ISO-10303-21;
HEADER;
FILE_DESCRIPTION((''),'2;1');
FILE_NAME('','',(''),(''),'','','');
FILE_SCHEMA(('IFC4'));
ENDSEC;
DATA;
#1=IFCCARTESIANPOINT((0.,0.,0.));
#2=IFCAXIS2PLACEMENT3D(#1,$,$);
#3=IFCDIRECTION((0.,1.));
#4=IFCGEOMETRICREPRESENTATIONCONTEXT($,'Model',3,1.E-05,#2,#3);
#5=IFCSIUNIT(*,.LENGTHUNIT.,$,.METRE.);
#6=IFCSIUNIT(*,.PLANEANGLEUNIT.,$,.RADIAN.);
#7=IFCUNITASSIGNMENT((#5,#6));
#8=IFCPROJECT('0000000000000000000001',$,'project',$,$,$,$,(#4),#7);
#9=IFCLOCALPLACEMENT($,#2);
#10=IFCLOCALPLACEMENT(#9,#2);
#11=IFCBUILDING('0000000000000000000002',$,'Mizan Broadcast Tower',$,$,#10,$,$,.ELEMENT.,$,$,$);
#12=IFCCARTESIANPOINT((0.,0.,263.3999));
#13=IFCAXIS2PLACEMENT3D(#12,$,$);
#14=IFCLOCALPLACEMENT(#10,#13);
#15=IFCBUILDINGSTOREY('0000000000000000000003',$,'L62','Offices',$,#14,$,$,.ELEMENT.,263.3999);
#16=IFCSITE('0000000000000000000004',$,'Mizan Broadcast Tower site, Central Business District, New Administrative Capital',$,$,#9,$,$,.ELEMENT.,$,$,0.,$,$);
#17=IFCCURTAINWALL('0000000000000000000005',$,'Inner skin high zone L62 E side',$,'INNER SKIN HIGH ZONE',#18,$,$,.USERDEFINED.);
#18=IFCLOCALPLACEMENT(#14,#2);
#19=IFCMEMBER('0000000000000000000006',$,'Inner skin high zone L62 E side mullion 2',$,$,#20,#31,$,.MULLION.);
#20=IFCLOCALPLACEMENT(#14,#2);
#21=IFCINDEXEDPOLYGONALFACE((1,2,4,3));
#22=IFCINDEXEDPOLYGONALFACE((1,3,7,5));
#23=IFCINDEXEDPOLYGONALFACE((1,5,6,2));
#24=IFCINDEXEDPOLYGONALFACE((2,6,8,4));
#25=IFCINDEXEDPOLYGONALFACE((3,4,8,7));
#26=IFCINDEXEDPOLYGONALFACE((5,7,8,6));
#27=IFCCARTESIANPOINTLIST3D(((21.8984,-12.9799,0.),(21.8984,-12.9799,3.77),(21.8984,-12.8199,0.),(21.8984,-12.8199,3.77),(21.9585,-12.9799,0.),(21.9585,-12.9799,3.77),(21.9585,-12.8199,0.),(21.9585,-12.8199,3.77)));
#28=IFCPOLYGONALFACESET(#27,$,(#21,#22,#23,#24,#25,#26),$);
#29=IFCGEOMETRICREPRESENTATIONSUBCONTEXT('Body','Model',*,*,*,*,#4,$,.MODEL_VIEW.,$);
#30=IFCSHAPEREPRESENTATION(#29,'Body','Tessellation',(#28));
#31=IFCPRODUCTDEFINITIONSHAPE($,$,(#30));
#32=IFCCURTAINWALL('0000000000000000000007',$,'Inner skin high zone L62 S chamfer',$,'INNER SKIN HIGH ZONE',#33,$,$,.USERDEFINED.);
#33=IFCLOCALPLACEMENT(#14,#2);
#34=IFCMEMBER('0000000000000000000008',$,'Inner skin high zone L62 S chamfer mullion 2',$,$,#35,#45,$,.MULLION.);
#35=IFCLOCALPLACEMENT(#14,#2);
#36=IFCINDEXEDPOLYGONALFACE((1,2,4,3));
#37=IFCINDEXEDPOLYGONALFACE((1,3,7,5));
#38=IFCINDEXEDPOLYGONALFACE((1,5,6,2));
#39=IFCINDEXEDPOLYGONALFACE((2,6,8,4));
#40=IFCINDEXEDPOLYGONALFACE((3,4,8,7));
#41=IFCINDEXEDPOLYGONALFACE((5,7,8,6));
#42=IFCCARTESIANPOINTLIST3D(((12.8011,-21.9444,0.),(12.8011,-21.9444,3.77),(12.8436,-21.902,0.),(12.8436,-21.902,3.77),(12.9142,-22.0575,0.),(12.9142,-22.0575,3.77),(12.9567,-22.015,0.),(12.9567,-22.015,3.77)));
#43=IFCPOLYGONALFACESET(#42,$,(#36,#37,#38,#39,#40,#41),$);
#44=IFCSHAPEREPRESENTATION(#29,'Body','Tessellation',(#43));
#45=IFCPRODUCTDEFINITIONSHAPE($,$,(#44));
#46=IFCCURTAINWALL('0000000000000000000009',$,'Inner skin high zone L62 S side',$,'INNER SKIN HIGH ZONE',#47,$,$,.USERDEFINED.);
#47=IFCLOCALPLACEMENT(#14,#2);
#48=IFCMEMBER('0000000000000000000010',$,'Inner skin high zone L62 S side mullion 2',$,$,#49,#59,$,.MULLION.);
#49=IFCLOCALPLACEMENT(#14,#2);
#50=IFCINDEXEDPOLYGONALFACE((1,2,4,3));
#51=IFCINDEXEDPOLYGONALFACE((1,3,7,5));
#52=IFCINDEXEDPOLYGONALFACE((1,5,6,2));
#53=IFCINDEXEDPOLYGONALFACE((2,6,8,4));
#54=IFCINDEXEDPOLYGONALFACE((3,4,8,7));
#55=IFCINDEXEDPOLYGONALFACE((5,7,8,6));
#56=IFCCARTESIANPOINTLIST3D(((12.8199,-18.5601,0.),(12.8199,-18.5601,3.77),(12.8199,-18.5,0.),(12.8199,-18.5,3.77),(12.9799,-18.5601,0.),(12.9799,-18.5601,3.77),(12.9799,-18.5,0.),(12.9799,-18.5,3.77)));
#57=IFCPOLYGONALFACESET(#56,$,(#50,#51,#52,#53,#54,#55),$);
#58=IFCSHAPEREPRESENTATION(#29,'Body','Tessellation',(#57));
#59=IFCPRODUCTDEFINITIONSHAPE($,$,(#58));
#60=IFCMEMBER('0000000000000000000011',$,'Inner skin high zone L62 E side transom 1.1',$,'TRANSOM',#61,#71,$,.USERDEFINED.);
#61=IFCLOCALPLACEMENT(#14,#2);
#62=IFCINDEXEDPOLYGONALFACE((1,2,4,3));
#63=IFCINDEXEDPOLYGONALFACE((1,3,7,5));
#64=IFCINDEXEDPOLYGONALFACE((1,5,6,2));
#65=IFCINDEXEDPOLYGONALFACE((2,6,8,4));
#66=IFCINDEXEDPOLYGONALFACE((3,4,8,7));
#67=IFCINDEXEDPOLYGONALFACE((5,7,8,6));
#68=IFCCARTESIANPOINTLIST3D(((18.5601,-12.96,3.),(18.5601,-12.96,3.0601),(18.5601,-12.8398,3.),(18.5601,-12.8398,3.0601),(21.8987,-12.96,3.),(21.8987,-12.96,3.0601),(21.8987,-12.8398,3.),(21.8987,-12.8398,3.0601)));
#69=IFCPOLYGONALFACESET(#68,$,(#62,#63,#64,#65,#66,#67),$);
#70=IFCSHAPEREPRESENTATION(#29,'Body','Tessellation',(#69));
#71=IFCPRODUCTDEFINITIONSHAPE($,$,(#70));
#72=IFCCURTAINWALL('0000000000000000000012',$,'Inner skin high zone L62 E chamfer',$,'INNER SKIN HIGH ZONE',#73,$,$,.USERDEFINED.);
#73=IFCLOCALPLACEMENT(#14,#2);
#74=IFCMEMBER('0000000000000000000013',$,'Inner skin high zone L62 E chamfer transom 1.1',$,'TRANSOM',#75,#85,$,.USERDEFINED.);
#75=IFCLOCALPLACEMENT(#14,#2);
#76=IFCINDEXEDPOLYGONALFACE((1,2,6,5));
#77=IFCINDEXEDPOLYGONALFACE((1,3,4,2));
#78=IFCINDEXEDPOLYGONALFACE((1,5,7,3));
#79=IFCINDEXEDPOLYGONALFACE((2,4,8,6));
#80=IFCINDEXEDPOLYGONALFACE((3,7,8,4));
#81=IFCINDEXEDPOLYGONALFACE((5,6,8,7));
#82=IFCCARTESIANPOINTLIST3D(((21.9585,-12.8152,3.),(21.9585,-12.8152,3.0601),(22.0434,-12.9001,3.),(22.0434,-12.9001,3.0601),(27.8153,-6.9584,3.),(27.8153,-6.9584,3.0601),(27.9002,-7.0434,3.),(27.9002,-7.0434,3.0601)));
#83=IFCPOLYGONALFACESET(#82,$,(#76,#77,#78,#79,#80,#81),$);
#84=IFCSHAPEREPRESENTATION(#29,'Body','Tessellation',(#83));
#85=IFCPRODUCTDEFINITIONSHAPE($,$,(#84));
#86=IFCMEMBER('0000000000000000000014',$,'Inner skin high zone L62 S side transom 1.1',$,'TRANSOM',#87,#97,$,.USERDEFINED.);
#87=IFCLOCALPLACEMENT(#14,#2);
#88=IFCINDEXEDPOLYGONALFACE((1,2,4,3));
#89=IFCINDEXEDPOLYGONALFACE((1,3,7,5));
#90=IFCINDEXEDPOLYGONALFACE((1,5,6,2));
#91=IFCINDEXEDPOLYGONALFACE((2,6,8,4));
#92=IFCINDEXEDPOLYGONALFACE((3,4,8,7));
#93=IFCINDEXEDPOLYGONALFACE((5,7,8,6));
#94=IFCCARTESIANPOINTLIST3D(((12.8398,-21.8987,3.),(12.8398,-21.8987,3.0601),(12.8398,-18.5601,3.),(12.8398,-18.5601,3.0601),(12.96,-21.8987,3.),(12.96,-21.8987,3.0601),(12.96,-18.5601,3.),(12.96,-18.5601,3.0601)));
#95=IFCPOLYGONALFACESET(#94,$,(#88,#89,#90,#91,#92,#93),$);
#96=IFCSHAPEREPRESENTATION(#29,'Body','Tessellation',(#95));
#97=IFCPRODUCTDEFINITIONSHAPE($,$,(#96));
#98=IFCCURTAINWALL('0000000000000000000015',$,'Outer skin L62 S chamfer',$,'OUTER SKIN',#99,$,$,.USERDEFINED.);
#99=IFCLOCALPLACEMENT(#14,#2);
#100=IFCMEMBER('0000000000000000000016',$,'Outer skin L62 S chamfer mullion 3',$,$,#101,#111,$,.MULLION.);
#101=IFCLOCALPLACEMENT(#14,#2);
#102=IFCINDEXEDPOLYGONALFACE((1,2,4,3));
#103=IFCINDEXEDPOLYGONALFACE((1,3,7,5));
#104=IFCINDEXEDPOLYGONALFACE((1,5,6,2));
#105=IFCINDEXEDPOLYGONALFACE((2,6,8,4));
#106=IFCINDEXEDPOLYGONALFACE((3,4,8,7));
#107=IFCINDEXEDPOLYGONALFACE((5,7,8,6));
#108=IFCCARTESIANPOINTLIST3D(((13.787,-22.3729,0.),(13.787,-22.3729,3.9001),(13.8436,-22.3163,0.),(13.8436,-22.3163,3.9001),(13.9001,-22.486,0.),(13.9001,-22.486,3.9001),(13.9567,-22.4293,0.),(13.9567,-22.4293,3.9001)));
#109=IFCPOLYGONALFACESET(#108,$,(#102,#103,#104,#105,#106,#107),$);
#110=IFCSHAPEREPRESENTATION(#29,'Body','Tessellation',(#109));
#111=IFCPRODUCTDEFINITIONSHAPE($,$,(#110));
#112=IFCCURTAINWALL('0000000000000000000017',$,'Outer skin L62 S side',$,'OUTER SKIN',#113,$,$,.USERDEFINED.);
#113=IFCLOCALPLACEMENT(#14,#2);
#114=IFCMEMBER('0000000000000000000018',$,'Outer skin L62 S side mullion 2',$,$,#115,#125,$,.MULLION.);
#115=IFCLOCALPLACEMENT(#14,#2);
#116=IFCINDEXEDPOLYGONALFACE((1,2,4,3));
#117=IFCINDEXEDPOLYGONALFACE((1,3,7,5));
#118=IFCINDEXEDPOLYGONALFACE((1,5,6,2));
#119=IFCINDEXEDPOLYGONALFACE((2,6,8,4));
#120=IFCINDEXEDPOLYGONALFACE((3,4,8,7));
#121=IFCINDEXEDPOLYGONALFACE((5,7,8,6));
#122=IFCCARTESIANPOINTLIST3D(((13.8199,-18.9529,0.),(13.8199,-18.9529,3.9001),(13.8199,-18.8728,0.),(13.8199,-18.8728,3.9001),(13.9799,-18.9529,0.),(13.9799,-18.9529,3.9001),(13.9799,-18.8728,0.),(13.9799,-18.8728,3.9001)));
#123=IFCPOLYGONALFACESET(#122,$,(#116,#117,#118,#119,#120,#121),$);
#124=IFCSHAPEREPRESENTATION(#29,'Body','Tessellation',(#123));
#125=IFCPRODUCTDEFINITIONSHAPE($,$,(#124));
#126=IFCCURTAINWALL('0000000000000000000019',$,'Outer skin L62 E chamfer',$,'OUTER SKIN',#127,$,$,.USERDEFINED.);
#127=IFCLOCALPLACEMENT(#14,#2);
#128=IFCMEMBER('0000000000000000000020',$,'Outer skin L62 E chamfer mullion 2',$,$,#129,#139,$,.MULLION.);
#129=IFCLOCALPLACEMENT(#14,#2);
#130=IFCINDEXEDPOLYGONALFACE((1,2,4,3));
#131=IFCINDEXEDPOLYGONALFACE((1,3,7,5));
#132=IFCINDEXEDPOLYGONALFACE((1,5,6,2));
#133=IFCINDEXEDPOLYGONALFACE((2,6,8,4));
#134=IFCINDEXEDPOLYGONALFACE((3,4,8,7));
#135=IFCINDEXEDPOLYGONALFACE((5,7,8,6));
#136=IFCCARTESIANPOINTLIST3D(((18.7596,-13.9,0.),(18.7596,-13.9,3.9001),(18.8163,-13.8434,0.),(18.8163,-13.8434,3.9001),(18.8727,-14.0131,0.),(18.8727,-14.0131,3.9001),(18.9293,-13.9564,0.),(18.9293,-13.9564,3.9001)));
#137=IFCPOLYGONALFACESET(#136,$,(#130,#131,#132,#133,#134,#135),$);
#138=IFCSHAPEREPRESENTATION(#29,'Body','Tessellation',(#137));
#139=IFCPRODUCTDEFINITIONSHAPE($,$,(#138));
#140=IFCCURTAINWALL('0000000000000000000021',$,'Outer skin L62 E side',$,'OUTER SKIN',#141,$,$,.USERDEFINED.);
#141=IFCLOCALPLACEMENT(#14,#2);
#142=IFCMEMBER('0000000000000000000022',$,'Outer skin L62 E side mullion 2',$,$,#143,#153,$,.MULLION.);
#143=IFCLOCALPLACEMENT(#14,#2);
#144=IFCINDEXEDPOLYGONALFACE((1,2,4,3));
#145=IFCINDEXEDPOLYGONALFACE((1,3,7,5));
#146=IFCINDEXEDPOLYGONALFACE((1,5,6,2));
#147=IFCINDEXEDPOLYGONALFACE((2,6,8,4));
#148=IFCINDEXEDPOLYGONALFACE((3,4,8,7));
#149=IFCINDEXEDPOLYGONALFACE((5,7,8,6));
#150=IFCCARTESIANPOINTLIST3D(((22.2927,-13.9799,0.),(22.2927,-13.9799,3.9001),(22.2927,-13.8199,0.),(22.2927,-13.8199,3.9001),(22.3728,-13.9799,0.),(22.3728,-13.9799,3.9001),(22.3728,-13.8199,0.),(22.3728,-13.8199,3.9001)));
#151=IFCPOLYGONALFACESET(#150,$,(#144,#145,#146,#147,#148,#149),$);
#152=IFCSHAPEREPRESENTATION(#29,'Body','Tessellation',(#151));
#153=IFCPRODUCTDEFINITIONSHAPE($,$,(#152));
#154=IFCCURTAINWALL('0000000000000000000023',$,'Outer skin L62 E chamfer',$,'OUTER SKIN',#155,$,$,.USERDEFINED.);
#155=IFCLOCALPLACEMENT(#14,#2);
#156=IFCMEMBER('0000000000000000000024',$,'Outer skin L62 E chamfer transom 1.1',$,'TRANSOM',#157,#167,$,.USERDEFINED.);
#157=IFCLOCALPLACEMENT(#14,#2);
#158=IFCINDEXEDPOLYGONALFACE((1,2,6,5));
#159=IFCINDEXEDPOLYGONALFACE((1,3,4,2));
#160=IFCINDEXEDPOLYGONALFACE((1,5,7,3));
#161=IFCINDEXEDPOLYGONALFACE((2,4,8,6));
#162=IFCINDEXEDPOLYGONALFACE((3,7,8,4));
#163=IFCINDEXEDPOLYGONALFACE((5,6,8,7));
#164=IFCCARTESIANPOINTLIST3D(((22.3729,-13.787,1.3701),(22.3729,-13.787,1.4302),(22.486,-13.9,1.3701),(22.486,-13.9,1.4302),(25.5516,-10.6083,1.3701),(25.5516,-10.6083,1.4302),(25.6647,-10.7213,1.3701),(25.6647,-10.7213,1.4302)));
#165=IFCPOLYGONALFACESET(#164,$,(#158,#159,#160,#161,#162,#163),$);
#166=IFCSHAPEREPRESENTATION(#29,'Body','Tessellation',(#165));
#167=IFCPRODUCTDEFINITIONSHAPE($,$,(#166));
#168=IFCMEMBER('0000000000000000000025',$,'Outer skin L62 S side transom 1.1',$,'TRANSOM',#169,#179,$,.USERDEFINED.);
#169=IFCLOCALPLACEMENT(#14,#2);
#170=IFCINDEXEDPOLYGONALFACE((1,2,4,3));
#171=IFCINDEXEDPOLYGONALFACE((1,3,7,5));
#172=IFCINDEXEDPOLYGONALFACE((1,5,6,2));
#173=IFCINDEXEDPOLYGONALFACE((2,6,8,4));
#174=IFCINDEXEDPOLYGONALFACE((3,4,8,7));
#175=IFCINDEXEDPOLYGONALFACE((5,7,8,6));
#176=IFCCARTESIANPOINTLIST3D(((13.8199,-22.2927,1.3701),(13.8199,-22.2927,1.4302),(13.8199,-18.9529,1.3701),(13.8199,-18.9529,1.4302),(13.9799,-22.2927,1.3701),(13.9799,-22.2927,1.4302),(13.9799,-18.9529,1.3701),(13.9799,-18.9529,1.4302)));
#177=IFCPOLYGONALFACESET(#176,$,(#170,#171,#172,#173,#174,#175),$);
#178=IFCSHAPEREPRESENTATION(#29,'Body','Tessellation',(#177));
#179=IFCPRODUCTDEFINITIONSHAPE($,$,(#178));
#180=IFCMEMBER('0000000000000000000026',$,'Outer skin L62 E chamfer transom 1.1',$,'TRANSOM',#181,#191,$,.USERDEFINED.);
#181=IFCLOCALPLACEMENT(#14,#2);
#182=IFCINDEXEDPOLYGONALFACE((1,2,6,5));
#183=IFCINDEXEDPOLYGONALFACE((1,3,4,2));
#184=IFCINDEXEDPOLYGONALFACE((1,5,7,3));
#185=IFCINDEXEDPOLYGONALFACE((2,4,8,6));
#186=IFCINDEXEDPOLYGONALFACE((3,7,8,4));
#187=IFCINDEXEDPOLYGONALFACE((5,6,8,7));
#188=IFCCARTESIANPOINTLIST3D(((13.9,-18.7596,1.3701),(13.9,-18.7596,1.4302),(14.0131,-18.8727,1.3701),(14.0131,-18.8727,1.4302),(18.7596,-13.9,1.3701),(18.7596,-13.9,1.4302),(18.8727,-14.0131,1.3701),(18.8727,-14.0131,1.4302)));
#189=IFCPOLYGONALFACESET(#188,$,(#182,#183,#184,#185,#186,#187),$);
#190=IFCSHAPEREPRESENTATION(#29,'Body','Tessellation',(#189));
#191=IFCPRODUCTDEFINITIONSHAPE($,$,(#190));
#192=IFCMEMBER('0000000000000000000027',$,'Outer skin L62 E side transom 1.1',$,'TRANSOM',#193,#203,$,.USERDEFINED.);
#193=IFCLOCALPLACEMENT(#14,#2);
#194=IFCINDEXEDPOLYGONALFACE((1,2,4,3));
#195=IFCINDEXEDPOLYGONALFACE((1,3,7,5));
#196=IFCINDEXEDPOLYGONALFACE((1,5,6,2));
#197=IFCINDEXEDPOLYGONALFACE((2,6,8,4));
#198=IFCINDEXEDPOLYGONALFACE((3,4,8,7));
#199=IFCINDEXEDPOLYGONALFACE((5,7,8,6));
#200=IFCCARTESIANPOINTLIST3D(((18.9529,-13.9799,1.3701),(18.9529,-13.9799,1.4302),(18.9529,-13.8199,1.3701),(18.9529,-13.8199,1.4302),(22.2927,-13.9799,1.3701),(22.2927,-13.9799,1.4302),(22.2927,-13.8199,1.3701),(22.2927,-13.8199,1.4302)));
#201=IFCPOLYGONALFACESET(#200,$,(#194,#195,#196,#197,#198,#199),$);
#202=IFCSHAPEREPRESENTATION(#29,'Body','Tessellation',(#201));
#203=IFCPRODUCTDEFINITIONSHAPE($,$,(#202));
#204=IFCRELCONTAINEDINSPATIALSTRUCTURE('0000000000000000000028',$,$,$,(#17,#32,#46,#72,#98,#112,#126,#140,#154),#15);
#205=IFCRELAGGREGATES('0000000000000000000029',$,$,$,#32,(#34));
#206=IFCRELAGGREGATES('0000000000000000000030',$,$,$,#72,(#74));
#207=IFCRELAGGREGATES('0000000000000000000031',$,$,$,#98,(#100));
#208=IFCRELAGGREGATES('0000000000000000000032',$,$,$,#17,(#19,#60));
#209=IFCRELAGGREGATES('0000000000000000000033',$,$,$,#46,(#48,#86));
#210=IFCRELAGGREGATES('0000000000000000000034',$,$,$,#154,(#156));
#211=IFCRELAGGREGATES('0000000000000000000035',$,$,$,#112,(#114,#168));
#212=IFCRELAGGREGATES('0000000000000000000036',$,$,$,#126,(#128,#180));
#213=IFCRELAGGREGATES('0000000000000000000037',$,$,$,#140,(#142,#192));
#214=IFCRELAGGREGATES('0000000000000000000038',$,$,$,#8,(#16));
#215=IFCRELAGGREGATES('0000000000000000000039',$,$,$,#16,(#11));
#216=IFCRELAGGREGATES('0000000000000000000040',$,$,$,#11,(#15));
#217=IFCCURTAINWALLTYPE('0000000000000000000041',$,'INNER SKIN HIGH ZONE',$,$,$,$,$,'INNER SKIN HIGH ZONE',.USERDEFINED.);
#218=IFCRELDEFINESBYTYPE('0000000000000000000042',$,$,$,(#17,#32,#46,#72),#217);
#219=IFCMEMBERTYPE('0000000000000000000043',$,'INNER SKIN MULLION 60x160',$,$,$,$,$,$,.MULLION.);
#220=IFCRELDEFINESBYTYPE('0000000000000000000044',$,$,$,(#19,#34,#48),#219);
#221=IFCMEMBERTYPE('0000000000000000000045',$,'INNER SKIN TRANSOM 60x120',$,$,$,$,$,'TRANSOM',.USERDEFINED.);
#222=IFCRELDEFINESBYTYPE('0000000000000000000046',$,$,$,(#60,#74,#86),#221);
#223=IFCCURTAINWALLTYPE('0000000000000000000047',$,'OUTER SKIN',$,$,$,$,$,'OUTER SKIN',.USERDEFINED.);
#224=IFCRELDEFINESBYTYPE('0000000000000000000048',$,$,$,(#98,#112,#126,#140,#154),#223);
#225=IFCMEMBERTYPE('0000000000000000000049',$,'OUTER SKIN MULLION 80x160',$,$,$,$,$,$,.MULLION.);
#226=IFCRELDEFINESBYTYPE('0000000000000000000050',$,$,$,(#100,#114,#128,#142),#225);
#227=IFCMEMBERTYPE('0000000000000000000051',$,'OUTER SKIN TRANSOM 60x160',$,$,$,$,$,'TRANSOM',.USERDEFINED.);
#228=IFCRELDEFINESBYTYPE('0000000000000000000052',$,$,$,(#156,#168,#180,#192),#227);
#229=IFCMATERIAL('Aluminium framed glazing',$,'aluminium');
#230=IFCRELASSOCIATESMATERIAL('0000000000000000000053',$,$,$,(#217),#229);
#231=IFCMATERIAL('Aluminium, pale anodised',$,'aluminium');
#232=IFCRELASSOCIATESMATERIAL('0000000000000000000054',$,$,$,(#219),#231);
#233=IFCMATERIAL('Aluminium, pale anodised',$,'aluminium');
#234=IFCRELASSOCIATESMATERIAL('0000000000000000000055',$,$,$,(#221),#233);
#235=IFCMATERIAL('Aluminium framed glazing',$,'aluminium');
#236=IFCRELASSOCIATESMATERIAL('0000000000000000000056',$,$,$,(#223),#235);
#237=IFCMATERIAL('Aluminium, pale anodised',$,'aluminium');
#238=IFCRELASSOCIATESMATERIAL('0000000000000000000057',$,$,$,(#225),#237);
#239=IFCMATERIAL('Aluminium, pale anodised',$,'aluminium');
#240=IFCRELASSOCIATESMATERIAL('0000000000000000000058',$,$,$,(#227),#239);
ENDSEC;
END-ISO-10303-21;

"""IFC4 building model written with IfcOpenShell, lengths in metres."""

from ifc_helpers import new_model, si_unit, direction, frame, origin, origin_2d, place, context, subcontext, project, spatial, rectangle, extrude, material, material_profile, profile_set, type_object, element, aggregate, save


model = new_model("IFC4")

# Units and contexts
model_context = context("Model", 3, precision=1e-05, world=origin(), true_north=direction((0.0, 1.0)))
body_context = subcontext(model_context, "Body", "Model", "MODEL_VIEW")
ifc_project = project(units=[si_unit("LENGTHUNIT", "METRE"), si_unit("PLANEANGLEUNIT", "RADIAN")], contexts=[model_context])

# Site, building, storey
site_placement = place(None, origin())
site = spatial("IfcSite", under=ifc_project, at=site_placement, Name="Mizan Broadcast Tower site, Central Business District, New Administrative Capital", CompositionType="ELEMENT", RefElevation=0.0)
building_placement = place(site_placement, origin())
building = spatial("IfcBuilding", under=site, at=building_placement, Name="Mizan Broadcast Tower", CompositionType="ELEMENT")
storey_placement = place(building_placement, frame((0.0, 0.0, 263.3999)))
storey = spatial("IfcBuildingStorey", under=building, at=storey_placement, Name="L62", Description="Offices", CompositionType="ELEMENT", Elevation=263.3999)

# Curtain walls, members
ifc_material_1 = material(Name="Aluminium framed glazing", Category="aluminium")
curtain_wall_type_1 = type_object("IfcCurtainWallType", Name="INNER SKIN HIGH ZONE", ElementType="INNER SKIN HIGH ZONE", PredefinedType="USERDEFINED", material=ifc_material_1)
curtain_wall_1_placement = place(storey_placement, origin())
curtain_wall_1 = element("IfcCurtainWall", 1, at=curtain_wall_1_placement, inside=storey, type_object=curtain_wall_type_1, Name="Inner skin high zone L62 E side", ObjectType="INNER SKIN HIGH ZONE", PredefinedType="USERDEFINED")
ifc_material_2 = material(Name="Aluminium, pale anodised", Category="aluminium")
ifc_material_profile_1 = material_profile(ifc_material_2, rectangle(XDim=0.1599, YDim=0.0601, at=origin_2d()), Name="MULLION 160x60")
ifc_profile_set_1 = profile_set([ifc_material_profile_1], Name="Aluminium, pale anodised")
member_type_1 = type_object("IfcMemberType", Name="INNER SKIN MULLION 60x160", PredefinedType="MULLION", material=ifc_profile_set_1)
member_1_placement = place(storey_placement, frame((21.9285, -12.8999, 0.0), z_axis=(0.0, 0.0, 1.0), x_axis=(0.0, 1.0, 0.0)))
member_1 = element("IfcMember", 2, at=member_1_placement, type_object=member_type_1, Name="Inner skin high zone L62 E side mullion 2", PredefinedType="MULLION", context=body_context, shape_type="SweptSolid", body=[
    extrude(rectangle(XDim=0.1599, YDim=0.0601, at=origin_2d()), origin(), (0.0, 0.0, 1.0), 3.77),
])
curtain_wall_2_placement = place(storey_placement, origin())
curtain_wall_2 = element("IfcCurtainWall", 3, at=curtain_wall_2_placement, inside=storey, type_object=curtain_wall_type_1, Name="Inner skin high zone L62 S chamfer", ObjectType="INNER SKIN HIGH ZONE", PredefinedType="USERDEFINED")
member_2_placement = place(storey_placement, frame((12.8789, -21.9797, 0.0), z_axis=(0.0, 0.0, 1.0), x_axis=(-0.707107, 0.707107, 0.0)))
member_2 = element("IfcMember", 4, at=member_2_placement, type_object=member_type_1, Name="Inner skin high zone L62 S chamfer mullion 2", PredefinedType="MULLION", context=body_context, shape_type="SweptSolid", body=[
    extrude(rectangle(XDim=0.1599, YDim=0.0601, at=origin_2d()), origin(), (0.0, 0.0, 1.0), 3.77),
])
aggregate(curtain_wall_2, [member_2])
curtain_wall_3_placement = place(storey_placement, origin())
curtain_wall_3 = element("IfcCurtainWall", 5, at=curtain_wall_3_placement, inside=storey, type_object=curtain_wall_type_1, Name="Inner skin high zone L62 S side", ObjectType="INNER SKIN HIGH ZONE", PredefinedType="USERDEFINED")
member_3_placement = place(storey_placement, frame((12.8999, -18.53, 0.0), z_axis=(0.0, 0.0, 1.0), x_axis=(-1.0, 0.0, 0.0)))
member_3 = element("IfcMember", 6, at=member_3_placement, type_object=member_type_1, Name="Inner skin high zone L62 S side mullion 2", PredefinedType="MULLION", context=body_context, shape_type="SweptSolid", body=[
    extrude(rectangle(XDim=0.1599, YDim=0.0601, at=origin_2d()), origin(), (0.0, 0.0, 1.0), 3.77),
])

# Member
ifc_material_3 = material(Name="Aluminium, pale anodised", Category="aluminium")
ifc_material_profile_2 = material_profile(ifc_material_3, rectangle(XDim=0.1201, YDim=0.0601, at=origin_2d()), Name="TRANSOM 120x60")
ifc_profile_set_2 = profile_set([ifc_material_profile_2], Name="Aluminium, pale anodised")
member_type_2 = type_object("IfcMemberType", Name="INNER SKIN TRANSOM 60x120", ElementType="TRANSOM", PredefinedType="USERDEFINED", material=ifc_profile_set_2)
member_4_placement = place(storey_placement, frame((18.5601, -12.8999, 3.03), z_axis=(1.0, 0.0, 0.0), x_axis=(0.0, 1.0, 0.0)))
member_4 = element("IfcMember", 7, at=member_4_placement, type_object=member_type_2, Name="Inner skin high zone L62 E side transom 1.1", ObjectType="TRANSOM", PredefinedType="USERDEFINED", context=body_context, shape_type="SweptSolid", body=[
    extrude(rectangle(XDim=0.1201, YDim=0.0601, at=origin_2d()), origin(), (0.0, 0.0, 1.0), 3.3386),
])

# Curtain wall, member
curtain_wall_4_placement = place(storey_placement, origin())
curtain_wall_4 = element("IfcCurtainWall", 8, at=curtain_wall_4_placement, inside=storey, type_object=curtain_wall_type_1, Name="Inner skin high zone L62 E chamfer", ObjectType="INNER SKIN HIGH ZONE", PredefinedType="USERDEFINED")
member_5_placement = place(storey_placement, frame((22.001, -12.8577, 3.03), z_axis=(0.707107, 0.707107, 0.0), x_axis=(-0.707107, 0.707107, 0.0)))
member_5 = element("IfcMember", 9, at=member_5_placement, type_object=member_type_2, Name="Inner skin high zone L62 E chamfer transom 1.1", ObjectType="TRANSOM", PredefinedType="USERDEFINED", context=body_context, shape_type="SweptSolid", body=[
    extrude(rectangle(XDim=0.1201, YDim=0.0601, at=origin_2d()), origin(), (0.0, 0.0, 1.0), 8.2827),
])
aggregate(curtain_wall_4, [member_5])

# Member
member_6_placement = place(storey_placement, frame((12.8999, -21.8987, 3.03), z_axis=(0.0, 1.0, 0.0), x_axis=(-1.0, 0.0, 0.0)))
member_6 = element("IfcMember", 10, at=member_6_placement, type_object=member_type_2, Name="Inner skin high zone L62 S side transom 1.1", ObjectType="TRANSOM", PredefinedType="USERDEFINED", context=body_context, shape_type="SweptSolid", body=[
    extrude(rectangle(XDim=0.1201, YDim=0.0601, at=origin_2d()), origin(), (0.0, 0.0, 1.0), 3.3386),
])

# Curtain walls, members
ifc_material_4 = material(Name="Aluminium framed glazing", Category="aluminium")
curtain_wall_type_2 = type_object("IfcCurtainWallType", Name="OUTER SKIN", ElementType="OUTER SKIN", PredefinedType="USERDEFINED", material=ifc_material_4)
curtain_wall_5_placement = place(storey_placement, origin())
curtain_wall_5 = element("IfcCurtainWall", 11, at=curtain_wall_5_placement, inside=storey, type_object=curtain_wall_type_2, Name="Outer skin L62 S chamfer", ObjectType="OUTER SKIN", PredefinedType="USERDEFINED")
ifc_material_5 = material(Name="Aluminium, pale anodised", Category="aluminium")
ifc_material_profile_3 = material_profile(ifc_material_5, rectangle(XDim=0.1599, YDim=0.0801, at=origin_2d()), Name="MULLION 160x80")
ifc_profile_set_3 = profile_set([ifc_material_profile_3], Name="Aluminium, pale anodised")
member_type_3 = type_object("IfcMemberType", Name="OUTER SKIN MULLION 80x160", PredefinedType="MULLION", material=ifc_profile_set_3)
member_7_placement = place(storey_placement, frame((13.8718, -22.4011, 0.0), z_axis=(0.0, 0.0, 1.0), x_axis=(-0.707107, 0.707107, 0.0)))
member_7 = element("IfcMember", 12, at=member_7_placement, type_object=member_type_3, Name="Outer skin L62 S chamfer mullion 3", PredefinedType="MULLION", context=body_context, shape_type="SweptSolid", body=[
    extrude(rectangle(XDim=0.1599, YDim=0.0801, at=origin_2d()), origin(), (0.0, 0.0, 1.0), 3.9001),
])
aggregate(curtain_wall_5, [member_7])
curtain_wall_6_placement = place(storey_placement, origin())
curtain_wall_6 = element("IfcCurtainWall", 13, at=curtain_wall_6_placement, inside=storey, type_object=curtain_wall_type_2, Name="Outer skin L62 S side", ObjectType="OUTER SKIN", PredefinedType="USERDEFINED")
member_8_placement = place(storey_placement, frame((13.8999, -18.9128, 0.0), z_axis=(0.0, 0.0, 1.0), x_axis=(-1.0, 0.0, 0.0)))
member_8 = element("IfcMember", 14, at=member_8_placement, type_object=member_type_3, Name="Outer skin L62 S side mullion 2", PredefinedType="MULLION", context=body_context, shape_type="SweptSolid", body=[
    extrude(rectangle(XDim=0.1599, YDim=0.0801, at=origin_2d()), origin(), (0.0, 0.0, 1.0), 3.9001),
])
curtain_wall_7_placement = place(storey_placement, origin())
curtain_wall_7 = element("IfcCurtainWall", 15, at=curtain_wall_7_placement, inside=storey, type_object=curtain_wall_type_2, Name="Outer skin L62 E chamfer", ObjectType="OUTER SKIN", PredefinedType="USERDEFINED")
member_9_placement = place(storey_placement, frame((18.8445, -13.9282, 0.0), z_axis=(0.0, 0.0, 1.0), x_axis=(-0.707107, 0.707107, 0.0)))
member_9 = element("IfcMember", 16, at=member_9_placement, type_object=member_type_3, Name="Outer skin L62 E chamfer mullion 2", PredefinedType="MULLION", context=body_context, shape_type="SweptSolid", body=[
    extrude(rectangle(XDim=0.1599, YDim=0.0801, at=origin_2d()), origin(), (0.0, 0.0, 1.0), 3.9001),
])
curtain_wall_8_placement = place(storey_placement, origin())
curtain_wall_8 = element("IfcCurtainWall", 17, at=curtain_wall_8_placement, inside=storey, type_object=curtain_wall_type_2, Name="Outer skin L62 E side", ObjectType="OUTER SKIN", PredefinedType="USERDEFINED")
member_10_placement = place(storey_placement, frame((22.3328, -13.8999, 0.0), z_axis=(0.0, 0.0, 1.0), x_axis=(0.0, 1.0, 0.0)))
member_10 = element("IfcMember", 18, at=member_10_placement, type_object=member_type_3, Name="Outer skin L62 E side mullion 2", PredefinedType="MULLION", context=body_context, shape_type="SweptSolid", body=[
    extrude(rectangle(XDim=0.1599, YDim=0.0801, at=origin_2d()), origin(), (0.0, 0.0, 1.0), 3.9001),
])
curtain_wall_9_placement = place(storey_placement, origin())
curtain_wall_9 = element("IfcCurtainWall", 19, at=curtain_wall_9_placement, inside=storey, type_object=curtain_wall_type_2, Name="Outer skin L62 E chamfer", ObjectType="OUTER SKIN", PredefinedType="USERDEFINED")
ifc_material_6 = material(Name="Aluminium, pale anodised", Category="aluminium")
ifc_material_profile_4 = material_profile(ifc_material_6, rectangle(XDim=0.1599, YDim=0.0601, at=origin_2d()), Name="TRANSOM 160x60")
ifc_profile_set_4 = profile_set([ifc_material_profile_4], Name="Aluminium, pale anodised")
member_type_4 = type_object("IfcMemberType", Name="OUTER SKIN TRANSOM 60x160", ElementType="TRANSOM", PredefinedType="USERDEFINED", material=ifc_profile_set_4)
member_11_placement = place(storey_placement, frame((22.4294, -13.8435, 1.4001), z_axis=(0.707107, 0.707107, 0.0), x_axis=(-0.707107, 0.707107, 0.0)))
member_11 = element("IfcMember", 20, at=member_11_placement, type_object=member_type_4, Name="Outer skin L62 E chamfer transom 1.1", ObjectType="TRANSOM", PredefinedType="USERDEFINED", context=body_context, shape_type="SweptSolid", body=[
    extrude(rectangle(XDim=0.1599, YDim=0.0601, at=origin_2d()), origin(), (0.0, 0.0, 1.0), 4.4954),
])

# Members
member_12_placement = place(storey_placement, frame((13.8999, -22.2927, 1.4001), z_axis=(0.0, 1.0, 0.0), x_axis=(-1.0, 0.0, 0.0)))
member_12 = element("IfcMember", 21, at=member_12_placement, type_object=member_type_4, Name="Outer skin L62 S side transom 1.1", ObjectType="TRANSOM", PredefinedType="USERDEFINED", context=body_context, shape_type="SweptSolid", body=[
    extrude(rectangle(XDim=0.1599, YDim=0.0601, at=origin_2d()), origin(), (0.0, 0.0, 1.0), 3.3398),
])
member_13_placement = place(storey_placement, frame((13.9565, -18.8162, 1.4001), z_axis=(0.707107, 0.707107, 0.0), x_axis=(-0.707107, 0.707107, 0.0)))
member_13 = element("IfcMember", 22, at=member_13_placement, type_object=member_type_4, Name="Outer skin L62 E chamfer transom 1.1", ObjectType="TRANSOM", PredefinedType="USERDEFINED", context=body_context, shape_type="SweptSolid", body=[
    extrude(rectangle(XDim=0.1599, YDim=0.0601, at=origin_2d()), origin(), (0.0, 0.0, 1.0), 6.8726),
])
member_14_placement = place(storey_placement, frame((18.9529, -13.8999, 1.4001), z_axis=(1.0, 0.0, 0.0), x_axis=(0.0, 1.0, 0.0)))
member_14 = element("IfcMember", 23, at=member_14_placement, type_object=member_type_4, Name="Outer skin L62 E side transom 1.1", ObjectType="TRANSOM", PredefinedType="USERDEFINED", context=body_context, shape_type="SweptSolid", body=[
    extrude(rectangle(XDim=0.1599, YDim=0.0601, at=origin_2d()), origin(), (0.0, 0.0, 1.0), 3.3398),
])

aggregate(curtain_wall_1, [member_1, member_4])
aggregate(curtain_wall_3, [member_3, member_6])
aggregate(curtain_wall_9, [member_11])
aggregate(curtain_wall_6, [member_8, member_12])
aggregate(curtain_wall_7, [member_9, member_13])
aggregate(curtain_wall_8, [member_10, member_14])

save(model, "model.ifc")
